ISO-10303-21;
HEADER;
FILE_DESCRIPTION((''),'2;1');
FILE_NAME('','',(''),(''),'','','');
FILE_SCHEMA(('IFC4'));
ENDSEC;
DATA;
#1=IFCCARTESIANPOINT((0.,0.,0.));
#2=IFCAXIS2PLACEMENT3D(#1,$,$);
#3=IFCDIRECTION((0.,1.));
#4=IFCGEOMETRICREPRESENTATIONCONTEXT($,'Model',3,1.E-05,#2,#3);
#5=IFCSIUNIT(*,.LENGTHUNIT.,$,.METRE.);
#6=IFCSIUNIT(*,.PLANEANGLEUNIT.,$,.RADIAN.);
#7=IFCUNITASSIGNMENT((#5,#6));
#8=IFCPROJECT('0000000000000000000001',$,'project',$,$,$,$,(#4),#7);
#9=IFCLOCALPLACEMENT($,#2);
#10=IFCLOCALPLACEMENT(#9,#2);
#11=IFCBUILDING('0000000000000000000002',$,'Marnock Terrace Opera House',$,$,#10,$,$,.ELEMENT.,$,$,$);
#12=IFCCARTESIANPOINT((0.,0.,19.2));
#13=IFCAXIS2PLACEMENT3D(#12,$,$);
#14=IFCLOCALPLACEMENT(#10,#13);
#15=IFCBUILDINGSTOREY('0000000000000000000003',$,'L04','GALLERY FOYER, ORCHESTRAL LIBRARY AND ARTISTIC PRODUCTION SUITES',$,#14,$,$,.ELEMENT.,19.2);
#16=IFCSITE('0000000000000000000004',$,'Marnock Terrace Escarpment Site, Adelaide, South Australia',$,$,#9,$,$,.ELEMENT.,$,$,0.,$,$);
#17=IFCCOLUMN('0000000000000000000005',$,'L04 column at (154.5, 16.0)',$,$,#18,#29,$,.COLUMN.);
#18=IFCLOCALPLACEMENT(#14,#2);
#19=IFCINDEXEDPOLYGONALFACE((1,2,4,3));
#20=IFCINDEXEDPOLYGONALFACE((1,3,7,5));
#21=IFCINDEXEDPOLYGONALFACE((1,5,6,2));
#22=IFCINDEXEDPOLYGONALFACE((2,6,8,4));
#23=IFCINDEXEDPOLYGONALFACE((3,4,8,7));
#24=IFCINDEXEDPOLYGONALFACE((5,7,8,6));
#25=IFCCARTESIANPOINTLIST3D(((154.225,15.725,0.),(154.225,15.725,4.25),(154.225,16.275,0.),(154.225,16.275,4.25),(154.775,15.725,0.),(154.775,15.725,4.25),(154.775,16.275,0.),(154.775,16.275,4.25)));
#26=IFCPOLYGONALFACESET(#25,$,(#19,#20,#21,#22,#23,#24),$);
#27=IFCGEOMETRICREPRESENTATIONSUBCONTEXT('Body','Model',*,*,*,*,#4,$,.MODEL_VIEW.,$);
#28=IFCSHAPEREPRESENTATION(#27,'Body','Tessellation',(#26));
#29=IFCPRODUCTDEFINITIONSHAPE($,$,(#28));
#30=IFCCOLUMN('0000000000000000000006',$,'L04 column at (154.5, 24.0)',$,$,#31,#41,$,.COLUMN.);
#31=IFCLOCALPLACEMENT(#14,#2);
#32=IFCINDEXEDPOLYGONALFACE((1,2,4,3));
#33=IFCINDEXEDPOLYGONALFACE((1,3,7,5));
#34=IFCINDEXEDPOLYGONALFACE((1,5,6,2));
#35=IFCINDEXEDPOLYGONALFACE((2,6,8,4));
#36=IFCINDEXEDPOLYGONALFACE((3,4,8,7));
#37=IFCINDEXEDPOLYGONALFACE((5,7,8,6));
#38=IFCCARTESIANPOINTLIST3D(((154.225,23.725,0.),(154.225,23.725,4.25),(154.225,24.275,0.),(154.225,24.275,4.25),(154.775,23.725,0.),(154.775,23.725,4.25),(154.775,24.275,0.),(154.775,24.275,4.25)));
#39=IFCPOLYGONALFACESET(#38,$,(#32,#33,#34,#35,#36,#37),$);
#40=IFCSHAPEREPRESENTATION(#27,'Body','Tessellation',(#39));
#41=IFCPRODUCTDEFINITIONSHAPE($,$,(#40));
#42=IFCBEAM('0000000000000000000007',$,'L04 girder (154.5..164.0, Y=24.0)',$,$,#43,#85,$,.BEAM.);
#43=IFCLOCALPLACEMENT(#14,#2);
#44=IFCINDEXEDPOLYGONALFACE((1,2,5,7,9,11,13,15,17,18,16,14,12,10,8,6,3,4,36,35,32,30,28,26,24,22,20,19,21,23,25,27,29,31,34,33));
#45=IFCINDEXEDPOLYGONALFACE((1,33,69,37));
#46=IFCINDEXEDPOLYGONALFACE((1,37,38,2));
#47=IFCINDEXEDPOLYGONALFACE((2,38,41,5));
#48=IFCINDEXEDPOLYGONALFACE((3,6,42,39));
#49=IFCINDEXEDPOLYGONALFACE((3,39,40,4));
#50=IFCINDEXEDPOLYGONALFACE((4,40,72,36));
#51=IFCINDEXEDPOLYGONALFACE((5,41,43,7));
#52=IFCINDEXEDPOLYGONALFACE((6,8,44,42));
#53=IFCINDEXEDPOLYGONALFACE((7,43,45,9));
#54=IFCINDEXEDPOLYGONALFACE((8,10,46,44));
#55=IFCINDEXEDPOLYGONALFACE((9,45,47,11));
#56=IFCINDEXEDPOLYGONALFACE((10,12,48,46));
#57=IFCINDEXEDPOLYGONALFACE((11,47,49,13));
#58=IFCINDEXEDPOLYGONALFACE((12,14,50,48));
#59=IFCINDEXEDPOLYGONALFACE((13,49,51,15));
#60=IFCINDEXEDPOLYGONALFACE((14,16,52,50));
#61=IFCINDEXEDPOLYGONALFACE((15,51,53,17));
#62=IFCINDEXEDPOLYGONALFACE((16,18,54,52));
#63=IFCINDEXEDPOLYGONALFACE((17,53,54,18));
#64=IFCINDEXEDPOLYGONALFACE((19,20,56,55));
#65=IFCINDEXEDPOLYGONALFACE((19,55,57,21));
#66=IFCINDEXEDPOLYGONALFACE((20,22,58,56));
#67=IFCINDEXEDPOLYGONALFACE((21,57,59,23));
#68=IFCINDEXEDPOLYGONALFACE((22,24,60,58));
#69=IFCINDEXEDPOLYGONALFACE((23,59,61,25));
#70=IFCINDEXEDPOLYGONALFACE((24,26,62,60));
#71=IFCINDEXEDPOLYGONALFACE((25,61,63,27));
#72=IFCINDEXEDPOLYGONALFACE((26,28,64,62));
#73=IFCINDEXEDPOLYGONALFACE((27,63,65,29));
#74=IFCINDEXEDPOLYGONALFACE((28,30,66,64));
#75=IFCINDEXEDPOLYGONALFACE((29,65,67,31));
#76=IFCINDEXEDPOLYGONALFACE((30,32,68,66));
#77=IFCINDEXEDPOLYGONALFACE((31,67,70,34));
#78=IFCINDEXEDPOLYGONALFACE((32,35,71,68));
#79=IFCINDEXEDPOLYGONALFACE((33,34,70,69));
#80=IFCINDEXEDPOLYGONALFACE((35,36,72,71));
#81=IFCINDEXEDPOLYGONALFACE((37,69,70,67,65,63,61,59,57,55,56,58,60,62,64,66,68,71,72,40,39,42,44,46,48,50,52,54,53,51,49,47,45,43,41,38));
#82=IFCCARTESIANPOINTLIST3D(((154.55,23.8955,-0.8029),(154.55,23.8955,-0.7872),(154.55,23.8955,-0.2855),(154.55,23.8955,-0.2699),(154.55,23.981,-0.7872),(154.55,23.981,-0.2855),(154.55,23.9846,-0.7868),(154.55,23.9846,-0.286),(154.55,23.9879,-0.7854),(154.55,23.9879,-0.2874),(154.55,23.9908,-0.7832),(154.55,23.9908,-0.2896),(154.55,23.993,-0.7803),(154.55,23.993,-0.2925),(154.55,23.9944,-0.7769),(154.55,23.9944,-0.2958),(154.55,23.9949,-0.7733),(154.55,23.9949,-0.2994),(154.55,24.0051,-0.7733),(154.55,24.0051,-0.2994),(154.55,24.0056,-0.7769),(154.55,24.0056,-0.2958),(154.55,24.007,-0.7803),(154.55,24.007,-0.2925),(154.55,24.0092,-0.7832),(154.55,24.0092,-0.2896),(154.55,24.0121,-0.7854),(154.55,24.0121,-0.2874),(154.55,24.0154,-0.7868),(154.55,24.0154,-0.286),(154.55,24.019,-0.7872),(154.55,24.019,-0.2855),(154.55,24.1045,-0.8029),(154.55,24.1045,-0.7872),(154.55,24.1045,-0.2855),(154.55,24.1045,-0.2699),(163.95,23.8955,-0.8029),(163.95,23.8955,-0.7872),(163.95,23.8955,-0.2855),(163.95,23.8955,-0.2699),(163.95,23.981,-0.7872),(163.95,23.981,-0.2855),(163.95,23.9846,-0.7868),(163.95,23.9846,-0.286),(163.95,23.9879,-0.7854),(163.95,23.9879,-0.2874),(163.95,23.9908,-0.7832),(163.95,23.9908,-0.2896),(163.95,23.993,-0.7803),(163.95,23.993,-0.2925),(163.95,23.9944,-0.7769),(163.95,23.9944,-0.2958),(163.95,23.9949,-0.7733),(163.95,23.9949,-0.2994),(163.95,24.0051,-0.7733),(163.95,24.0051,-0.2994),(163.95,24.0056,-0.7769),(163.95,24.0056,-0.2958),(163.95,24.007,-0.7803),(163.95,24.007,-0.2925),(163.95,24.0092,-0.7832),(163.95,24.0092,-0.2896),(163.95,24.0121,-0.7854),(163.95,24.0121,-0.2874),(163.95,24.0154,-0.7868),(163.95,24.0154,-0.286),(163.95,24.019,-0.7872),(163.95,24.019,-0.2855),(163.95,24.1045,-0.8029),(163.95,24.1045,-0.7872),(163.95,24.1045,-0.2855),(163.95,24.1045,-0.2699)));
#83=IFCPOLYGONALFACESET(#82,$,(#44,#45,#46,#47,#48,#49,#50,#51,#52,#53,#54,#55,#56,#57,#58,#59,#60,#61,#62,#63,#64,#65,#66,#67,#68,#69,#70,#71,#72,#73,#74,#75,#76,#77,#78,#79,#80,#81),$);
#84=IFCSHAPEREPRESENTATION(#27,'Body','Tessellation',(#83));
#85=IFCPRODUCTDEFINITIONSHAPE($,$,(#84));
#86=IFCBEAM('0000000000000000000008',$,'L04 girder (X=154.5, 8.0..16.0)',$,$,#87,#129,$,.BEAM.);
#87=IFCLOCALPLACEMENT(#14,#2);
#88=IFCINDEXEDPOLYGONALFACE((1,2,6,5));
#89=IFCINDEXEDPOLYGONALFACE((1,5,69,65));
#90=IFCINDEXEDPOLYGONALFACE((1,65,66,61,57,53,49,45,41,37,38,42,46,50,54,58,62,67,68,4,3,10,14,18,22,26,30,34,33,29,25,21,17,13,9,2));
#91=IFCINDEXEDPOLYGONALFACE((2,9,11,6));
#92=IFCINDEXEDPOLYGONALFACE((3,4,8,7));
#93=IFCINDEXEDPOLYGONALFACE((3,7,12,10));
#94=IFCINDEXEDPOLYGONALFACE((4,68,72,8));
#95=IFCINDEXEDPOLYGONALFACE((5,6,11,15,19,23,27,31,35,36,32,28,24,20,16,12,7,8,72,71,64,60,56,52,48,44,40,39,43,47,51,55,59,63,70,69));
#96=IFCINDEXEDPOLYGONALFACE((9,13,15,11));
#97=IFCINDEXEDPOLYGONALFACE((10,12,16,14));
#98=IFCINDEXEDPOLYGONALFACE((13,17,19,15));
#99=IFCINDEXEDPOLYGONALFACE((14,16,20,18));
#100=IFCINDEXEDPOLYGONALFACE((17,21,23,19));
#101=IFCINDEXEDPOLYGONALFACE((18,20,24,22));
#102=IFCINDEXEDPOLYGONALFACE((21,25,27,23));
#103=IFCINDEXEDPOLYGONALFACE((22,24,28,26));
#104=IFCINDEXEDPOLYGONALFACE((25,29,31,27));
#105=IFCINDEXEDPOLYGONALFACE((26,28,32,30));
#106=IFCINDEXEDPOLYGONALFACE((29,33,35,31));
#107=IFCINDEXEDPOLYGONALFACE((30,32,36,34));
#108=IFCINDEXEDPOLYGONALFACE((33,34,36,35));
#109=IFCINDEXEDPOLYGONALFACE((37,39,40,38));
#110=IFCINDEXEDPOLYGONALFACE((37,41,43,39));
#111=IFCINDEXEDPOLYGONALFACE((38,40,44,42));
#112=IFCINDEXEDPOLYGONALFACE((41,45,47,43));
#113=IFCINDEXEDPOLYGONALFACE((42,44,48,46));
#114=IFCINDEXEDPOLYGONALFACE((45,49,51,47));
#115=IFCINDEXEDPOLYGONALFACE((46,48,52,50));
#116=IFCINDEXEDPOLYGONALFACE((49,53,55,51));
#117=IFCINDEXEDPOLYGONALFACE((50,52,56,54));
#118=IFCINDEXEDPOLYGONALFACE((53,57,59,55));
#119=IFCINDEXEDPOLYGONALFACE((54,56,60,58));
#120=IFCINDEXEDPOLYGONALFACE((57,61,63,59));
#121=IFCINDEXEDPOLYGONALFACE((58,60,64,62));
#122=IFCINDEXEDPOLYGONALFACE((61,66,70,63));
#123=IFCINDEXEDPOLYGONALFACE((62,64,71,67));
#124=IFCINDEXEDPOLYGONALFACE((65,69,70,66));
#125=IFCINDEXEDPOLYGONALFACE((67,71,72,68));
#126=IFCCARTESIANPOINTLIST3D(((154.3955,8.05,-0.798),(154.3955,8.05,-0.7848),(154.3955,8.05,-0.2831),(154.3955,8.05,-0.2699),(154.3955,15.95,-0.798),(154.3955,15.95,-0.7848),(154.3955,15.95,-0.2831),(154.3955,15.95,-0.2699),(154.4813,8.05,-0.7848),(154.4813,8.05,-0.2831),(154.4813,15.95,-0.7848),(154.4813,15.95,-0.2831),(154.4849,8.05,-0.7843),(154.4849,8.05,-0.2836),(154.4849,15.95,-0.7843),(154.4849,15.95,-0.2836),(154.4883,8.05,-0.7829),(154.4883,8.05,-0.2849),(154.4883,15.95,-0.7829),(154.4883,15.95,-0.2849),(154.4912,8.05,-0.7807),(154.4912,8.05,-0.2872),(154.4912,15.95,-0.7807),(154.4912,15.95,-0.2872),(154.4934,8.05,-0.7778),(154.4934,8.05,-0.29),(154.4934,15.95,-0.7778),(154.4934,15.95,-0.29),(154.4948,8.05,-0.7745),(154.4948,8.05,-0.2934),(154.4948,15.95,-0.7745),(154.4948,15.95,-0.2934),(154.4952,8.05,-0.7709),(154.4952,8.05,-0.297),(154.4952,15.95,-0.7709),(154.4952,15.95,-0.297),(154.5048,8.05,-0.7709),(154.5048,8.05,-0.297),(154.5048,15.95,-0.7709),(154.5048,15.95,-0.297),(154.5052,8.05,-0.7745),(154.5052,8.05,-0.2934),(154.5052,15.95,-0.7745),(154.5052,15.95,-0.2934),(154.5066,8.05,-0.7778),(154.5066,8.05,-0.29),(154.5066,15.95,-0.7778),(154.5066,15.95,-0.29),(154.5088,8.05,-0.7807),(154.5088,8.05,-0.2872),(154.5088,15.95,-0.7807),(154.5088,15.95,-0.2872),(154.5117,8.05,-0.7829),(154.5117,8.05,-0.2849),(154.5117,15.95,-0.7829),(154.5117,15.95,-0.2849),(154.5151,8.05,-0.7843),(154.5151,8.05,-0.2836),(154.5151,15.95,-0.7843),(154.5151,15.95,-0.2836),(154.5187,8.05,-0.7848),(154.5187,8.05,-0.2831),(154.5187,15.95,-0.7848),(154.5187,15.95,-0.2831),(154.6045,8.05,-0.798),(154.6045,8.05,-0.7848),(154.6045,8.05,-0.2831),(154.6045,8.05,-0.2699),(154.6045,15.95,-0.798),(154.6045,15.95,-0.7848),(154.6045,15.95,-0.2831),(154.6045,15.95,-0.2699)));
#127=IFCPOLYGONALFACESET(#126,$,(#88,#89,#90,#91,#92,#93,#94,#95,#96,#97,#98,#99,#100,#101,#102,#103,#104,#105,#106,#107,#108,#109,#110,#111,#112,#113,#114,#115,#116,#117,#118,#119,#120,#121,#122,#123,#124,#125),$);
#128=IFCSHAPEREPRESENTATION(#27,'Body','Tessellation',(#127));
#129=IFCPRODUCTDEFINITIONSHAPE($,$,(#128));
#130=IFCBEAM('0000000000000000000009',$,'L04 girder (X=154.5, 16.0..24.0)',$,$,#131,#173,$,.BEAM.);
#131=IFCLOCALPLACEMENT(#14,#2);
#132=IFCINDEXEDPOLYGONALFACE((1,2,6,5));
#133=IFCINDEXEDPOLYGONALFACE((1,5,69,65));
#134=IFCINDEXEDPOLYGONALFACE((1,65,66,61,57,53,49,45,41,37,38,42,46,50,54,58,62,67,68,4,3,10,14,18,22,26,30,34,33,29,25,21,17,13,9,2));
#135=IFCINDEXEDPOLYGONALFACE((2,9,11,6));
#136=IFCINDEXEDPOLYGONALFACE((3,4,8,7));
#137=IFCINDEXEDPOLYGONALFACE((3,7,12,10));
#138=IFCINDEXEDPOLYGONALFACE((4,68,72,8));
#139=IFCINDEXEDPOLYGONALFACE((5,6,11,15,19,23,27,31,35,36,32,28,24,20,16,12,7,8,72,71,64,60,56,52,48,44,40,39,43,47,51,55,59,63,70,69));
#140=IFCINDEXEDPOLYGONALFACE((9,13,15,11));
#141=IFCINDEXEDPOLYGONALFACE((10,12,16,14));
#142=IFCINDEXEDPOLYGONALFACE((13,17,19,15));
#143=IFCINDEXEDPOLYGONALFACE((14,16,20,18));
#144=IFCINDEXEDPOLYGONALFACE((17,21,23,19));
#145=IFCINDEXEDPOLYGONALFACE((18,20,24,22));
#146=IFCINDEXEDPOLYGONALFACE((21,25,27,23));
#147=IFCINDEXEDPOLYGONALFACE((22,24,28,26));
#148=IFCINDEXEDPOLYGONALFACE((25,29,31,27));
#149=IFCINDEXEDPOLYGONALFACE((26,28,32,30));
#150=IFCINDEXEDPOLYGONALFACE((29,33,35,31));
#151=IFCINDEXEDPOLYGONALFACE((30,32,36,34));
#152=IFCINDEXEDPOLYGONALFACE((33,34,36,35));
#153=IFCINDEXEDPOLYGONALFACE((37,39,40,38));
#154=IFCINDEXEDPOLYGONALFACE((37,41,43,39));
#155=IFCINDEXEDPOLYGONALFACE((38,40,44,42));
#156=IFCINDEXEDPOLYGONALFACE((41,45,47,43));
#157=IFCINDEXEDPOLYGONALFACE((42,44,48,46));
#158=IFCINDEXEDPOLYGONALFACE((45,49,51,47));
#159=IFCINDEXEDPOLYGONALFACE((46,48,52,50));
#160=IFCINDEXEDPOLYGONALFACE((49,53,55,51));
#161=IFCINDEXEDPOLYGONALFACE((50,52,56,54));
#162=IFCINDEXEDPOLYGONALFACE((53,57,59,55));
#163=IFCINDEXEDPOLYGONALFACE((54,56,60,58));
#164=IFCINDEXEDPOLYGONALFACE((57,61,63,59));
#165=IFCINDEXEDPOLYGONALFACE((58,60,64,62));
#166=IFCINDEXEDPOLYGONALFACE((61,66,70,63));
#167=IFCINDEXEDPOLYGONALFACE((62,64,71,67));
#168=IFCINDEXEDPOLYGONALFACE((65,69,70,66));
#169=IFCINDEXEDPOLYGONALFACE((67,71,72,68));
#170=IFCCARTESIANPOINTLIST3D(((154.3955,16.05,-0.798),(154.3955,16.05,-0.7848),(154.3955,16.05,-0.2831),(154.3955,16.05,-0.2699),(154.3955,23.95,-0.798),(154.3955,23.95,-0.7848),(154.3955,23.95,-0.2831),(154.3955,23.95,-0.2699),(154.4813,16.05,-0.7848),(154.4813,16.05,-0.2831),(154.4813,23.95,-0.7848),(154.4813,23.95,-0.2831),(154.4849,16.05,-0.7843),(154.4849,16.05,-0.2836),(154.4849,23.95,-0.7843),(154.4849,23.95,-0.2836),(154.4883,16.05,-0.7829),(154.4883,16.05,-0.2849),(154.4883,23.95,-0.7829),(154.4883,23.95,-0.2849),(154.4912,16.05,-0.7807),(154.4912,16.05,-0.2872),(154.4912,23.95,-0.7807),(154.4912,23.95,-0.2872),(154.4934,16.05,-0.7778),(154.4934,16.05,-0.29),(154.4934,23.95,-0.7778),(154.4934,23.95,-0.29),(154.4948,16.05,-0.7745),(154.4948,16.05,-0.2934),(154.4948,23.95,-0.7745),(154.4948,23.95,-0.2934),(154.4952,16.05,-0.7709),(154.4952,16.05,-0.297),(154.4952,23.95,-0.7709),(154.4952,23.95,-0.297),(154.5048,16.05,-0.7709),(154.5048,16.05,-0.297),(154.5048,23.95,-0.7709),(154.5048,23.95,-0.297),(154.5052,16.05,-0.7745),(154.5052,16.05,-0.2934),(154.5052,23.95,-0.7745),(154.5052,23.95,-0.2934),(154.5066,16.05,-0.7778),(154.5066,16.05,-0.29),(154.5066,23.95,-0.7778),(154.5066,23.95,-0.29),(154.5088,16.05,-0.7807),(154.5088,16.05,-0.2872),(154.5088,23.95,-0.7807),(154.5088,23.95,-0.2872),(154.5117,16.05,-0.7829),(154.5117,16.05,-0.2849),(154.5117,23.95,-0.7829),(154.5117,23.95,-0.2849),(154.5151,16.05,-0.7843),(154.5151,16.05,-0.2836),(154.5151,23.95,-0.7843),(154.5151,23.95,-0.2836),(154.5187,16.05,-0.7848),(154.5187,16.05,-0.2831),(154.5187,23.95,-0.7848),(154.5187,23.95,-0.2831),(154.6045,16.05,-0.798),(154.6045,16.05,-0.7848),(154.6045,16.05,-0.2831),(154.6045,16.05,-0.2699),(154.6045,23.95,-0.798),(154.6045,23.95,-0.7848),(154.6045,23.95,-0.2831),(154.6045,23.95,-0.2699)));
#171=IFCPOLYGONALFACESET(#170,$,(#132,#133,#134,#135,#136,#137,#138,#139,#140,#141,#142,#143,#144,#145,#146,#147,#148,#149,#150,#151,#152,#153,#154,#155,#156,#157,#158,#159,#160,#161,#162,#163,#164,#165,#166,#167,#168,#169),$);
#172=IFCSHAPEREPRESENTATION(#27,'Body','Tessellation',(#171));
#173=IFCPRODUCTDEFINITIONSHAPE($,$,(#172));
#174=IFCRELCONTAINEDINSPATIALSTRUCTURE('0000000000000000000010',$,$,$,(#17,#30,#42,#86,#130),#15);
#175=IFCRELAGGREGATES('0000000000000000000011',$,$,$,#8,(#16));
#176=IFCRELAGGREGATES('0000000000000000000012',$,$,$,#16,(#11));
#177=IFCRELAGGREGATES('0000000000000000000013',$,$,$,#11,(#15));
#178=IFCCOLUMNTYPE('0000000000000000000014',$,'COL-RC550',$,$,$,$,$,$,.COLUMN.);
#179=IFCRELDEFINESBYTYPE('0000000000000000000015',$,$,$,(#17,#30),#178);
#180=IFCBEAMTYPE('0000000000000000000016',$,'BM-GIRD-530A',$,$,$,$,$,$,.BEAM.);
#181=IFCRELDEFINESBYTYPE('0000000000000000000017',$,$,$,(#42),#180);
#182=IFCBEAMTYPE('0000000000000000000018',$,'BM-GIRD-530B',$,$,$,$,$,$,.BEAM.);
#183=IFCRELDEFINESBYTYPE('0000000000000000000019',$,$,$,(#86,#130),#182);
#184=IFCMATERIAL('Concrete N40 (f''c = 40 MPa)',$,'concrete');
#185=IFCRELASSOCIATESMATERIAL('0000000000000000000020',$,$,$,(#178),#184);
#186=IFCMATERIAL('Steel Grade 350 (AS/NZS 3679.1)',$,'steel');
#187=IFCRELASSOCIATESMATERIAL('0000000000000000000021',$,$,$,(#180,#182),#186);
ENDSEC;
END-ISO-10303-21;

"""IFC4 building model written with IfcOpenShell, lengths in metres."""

from ifc_helpers import new_model, si_unit, direction, frame, origin, origin_2d, place, context, subcontext, project, spatial, rectangle, i_section, extrude, material, material_profile, profile_set, type_object, element, save


model = new_model("IFC4")

# Units and contexts
model_context = context("Model", 3, precision=1e-05, world=origin(), true_north=direction((0.0, 1.0)))
body_context = subcontext(model_context, "Body", "Model", "MODEL_VIEW")
ifc_project = project(units=[si_unit("LENGTHUNIT", "METRE"), si_unit("PLANEANGLEUNIT", "RADIAN")], contexts=[model_context])

# Site, building, storey
site_placement = place(None, origin())
site = spatial("IfcSite", under=ifc_project, at=site_placement, Name="Marnock Terrace Escarpment Site, Adelaide, South Australia", CompositionType="ELEMENT", RefElevation=0.0)
building_placement = place(site_placement, origin())
building = spatial("IfcBuilding", under=site, at=building_placement, Name="Marnock Terrace Opera House", CompositionType="ELEMENT")
storey_placement = place(building_placement, frame((0.0, 0.0, 19.2)))
storey = spatial("IfcBuildingStorey", under=building, at=storey_placement, Name="L04", Description="GALLERY FOYER, ORCHESTRAL LIBRARY AND ARTISTIC PRODUCTION SUITES", CompositionType="ELEMENT", Elevation=19.2)

# Columns
ifc_material_1 = material(Name="Concrete N40 (f'c = 40 MPa)", Category="concrete")
ifc_material_profile_1 = material_profile(ifc_material_1, rectangle(XDim=0.55, YDim=0.55, at=origin_2d()))
ifc_profile_set_1 = profile_set([ifc_material_profile_1], Name="Concrete N40 (f'c = 40 MPa)")
column_type = type_object("IfcColumnType", Name="COL-RC550", PredefinedType="COLUMN", material=ifc_profile_set_1)
for number, where, z_axis, x_axis, name in (
    (1, (154.5, 16.0, 0.0), (0.0, 0.0, 1.0), (1.0, 0.0, 0.0), "L04 column at (154.5, 16.0)"),
    (2, (154.5, 24.0, 0.0), (0.0, 0.0, 1.0), (1.0, 0.0, 0.0), "L04 column at (154.5, 24.0)"),
):
    element("IfcColumn", number, at=place(storey_placement, frame(where, z_axis=z_axis, x_axis=x_axis)), inside=storey, type_object=column_type, Name=name, PredefinedType="COLUMN", context=body_context, shape_type="SweptSolid", body=[
        extrude(rectangle(XDim=0.55, YDim=0.55, at=origin_2d()), origin(), (0.0, 0.0, 1.0), 4.25),
    ])

# Beams
ifc_material_2 = material(Name="Steel Grade 350 (AS/NZS 3679.1)", Category="steel")
ifc_material_profile_2 = material_profile(ifc_material_2, i_section(OverallWidth=0.209, OverallDepth=0.533, WebThickness=0.0103, FlangeThickness=0.0156, FilletRadius=0.0139, at=origin_2d()))
ifc_profile_set_2 = profile_set([ifc_material_profile_2], Name="Steel Grade 350 (AS/NZS 3679.1)")
beam_type_1 = type_object("IfcBeamType", Name="BM-GIRD-530A", PredefinedType="BEAM", material=ifc_profile_set_2)
beam_1_placement = place(storey_placement, frame((154.55, 24.0, -0.5364), z_axis=(1.0, 0.0, 0.0), x_axis=(0.0, 1.0, 0.0)))
element("IfcBeam", 3, at=beam_1_placement, inside=storey, type_object=beam_type_1, Name="L04 girder (154.5..164.0, Y=24.0)", PredefinedType="BEAM", context=body_context, shape_type="SweptSolid", body=[
    extrude(i_section(OverallWidth=0.209, OverallDepth=0.533, WebThickness=0.0103, FlangeThickness=0.0156, FilletRadius=0.0139, at=origin_2d()), origin(), (0.0, 0.0, 1.0), 9.3999),
])
ifc_material_profile_3 = material_profile(ifc_material_2, i_section(OverallWidth=0.209, OverallDepth=0.5281, WebThickness=0.0095, FlangeThickness=0.0132, FilletRadius=0.0139, at=origin_2d()))
ifc_profile_set_3 = profile_set([ifc_material_profile_3], Name="Steel Grade 350 (AS/NZS 3679.1)")
beam_type_2 = type_object("IfcBeamType", Name="BM-GIRD-530B", PredefinedType="BEAM", material=ifc_profile_set_3)
for number, where, z_axis, x_axis, name in (
    (4, (154.5, 8.05, -0.5339), (0.0, 1.0, 0.0), (-1.0, 0.0, 0.0), "L04 girder (X=154.5, 8.0..16.0)"),
    (5, (154.5, 16.05, -0.5339), (0.0, 1.0, 0.0), (-1.0, 0.0, 0.0), "L04 girder (X=154.5, 16.0..24.0)"),
):
    element("IfcBeam", number, at=place(storey_placement, frame(where, z_axis=z_axis, x_axis=x_axis)), inside=storey, type_object=beam_type_2, Name=name, PredefinedType="BEAM", context=body_context, shape_type="SweptSolid", body=[
        extrude(i_section(OverallWidth=0.209, OverallDepth=0.5281, WebThickness=0.0095, FlangeThickness=0.0132, FilletRadius=0.0139, at=origin_2d()), origin(), (0.0, 0.0, 1.0), 7.8999),
    ])

save(model, "model.ifc")
